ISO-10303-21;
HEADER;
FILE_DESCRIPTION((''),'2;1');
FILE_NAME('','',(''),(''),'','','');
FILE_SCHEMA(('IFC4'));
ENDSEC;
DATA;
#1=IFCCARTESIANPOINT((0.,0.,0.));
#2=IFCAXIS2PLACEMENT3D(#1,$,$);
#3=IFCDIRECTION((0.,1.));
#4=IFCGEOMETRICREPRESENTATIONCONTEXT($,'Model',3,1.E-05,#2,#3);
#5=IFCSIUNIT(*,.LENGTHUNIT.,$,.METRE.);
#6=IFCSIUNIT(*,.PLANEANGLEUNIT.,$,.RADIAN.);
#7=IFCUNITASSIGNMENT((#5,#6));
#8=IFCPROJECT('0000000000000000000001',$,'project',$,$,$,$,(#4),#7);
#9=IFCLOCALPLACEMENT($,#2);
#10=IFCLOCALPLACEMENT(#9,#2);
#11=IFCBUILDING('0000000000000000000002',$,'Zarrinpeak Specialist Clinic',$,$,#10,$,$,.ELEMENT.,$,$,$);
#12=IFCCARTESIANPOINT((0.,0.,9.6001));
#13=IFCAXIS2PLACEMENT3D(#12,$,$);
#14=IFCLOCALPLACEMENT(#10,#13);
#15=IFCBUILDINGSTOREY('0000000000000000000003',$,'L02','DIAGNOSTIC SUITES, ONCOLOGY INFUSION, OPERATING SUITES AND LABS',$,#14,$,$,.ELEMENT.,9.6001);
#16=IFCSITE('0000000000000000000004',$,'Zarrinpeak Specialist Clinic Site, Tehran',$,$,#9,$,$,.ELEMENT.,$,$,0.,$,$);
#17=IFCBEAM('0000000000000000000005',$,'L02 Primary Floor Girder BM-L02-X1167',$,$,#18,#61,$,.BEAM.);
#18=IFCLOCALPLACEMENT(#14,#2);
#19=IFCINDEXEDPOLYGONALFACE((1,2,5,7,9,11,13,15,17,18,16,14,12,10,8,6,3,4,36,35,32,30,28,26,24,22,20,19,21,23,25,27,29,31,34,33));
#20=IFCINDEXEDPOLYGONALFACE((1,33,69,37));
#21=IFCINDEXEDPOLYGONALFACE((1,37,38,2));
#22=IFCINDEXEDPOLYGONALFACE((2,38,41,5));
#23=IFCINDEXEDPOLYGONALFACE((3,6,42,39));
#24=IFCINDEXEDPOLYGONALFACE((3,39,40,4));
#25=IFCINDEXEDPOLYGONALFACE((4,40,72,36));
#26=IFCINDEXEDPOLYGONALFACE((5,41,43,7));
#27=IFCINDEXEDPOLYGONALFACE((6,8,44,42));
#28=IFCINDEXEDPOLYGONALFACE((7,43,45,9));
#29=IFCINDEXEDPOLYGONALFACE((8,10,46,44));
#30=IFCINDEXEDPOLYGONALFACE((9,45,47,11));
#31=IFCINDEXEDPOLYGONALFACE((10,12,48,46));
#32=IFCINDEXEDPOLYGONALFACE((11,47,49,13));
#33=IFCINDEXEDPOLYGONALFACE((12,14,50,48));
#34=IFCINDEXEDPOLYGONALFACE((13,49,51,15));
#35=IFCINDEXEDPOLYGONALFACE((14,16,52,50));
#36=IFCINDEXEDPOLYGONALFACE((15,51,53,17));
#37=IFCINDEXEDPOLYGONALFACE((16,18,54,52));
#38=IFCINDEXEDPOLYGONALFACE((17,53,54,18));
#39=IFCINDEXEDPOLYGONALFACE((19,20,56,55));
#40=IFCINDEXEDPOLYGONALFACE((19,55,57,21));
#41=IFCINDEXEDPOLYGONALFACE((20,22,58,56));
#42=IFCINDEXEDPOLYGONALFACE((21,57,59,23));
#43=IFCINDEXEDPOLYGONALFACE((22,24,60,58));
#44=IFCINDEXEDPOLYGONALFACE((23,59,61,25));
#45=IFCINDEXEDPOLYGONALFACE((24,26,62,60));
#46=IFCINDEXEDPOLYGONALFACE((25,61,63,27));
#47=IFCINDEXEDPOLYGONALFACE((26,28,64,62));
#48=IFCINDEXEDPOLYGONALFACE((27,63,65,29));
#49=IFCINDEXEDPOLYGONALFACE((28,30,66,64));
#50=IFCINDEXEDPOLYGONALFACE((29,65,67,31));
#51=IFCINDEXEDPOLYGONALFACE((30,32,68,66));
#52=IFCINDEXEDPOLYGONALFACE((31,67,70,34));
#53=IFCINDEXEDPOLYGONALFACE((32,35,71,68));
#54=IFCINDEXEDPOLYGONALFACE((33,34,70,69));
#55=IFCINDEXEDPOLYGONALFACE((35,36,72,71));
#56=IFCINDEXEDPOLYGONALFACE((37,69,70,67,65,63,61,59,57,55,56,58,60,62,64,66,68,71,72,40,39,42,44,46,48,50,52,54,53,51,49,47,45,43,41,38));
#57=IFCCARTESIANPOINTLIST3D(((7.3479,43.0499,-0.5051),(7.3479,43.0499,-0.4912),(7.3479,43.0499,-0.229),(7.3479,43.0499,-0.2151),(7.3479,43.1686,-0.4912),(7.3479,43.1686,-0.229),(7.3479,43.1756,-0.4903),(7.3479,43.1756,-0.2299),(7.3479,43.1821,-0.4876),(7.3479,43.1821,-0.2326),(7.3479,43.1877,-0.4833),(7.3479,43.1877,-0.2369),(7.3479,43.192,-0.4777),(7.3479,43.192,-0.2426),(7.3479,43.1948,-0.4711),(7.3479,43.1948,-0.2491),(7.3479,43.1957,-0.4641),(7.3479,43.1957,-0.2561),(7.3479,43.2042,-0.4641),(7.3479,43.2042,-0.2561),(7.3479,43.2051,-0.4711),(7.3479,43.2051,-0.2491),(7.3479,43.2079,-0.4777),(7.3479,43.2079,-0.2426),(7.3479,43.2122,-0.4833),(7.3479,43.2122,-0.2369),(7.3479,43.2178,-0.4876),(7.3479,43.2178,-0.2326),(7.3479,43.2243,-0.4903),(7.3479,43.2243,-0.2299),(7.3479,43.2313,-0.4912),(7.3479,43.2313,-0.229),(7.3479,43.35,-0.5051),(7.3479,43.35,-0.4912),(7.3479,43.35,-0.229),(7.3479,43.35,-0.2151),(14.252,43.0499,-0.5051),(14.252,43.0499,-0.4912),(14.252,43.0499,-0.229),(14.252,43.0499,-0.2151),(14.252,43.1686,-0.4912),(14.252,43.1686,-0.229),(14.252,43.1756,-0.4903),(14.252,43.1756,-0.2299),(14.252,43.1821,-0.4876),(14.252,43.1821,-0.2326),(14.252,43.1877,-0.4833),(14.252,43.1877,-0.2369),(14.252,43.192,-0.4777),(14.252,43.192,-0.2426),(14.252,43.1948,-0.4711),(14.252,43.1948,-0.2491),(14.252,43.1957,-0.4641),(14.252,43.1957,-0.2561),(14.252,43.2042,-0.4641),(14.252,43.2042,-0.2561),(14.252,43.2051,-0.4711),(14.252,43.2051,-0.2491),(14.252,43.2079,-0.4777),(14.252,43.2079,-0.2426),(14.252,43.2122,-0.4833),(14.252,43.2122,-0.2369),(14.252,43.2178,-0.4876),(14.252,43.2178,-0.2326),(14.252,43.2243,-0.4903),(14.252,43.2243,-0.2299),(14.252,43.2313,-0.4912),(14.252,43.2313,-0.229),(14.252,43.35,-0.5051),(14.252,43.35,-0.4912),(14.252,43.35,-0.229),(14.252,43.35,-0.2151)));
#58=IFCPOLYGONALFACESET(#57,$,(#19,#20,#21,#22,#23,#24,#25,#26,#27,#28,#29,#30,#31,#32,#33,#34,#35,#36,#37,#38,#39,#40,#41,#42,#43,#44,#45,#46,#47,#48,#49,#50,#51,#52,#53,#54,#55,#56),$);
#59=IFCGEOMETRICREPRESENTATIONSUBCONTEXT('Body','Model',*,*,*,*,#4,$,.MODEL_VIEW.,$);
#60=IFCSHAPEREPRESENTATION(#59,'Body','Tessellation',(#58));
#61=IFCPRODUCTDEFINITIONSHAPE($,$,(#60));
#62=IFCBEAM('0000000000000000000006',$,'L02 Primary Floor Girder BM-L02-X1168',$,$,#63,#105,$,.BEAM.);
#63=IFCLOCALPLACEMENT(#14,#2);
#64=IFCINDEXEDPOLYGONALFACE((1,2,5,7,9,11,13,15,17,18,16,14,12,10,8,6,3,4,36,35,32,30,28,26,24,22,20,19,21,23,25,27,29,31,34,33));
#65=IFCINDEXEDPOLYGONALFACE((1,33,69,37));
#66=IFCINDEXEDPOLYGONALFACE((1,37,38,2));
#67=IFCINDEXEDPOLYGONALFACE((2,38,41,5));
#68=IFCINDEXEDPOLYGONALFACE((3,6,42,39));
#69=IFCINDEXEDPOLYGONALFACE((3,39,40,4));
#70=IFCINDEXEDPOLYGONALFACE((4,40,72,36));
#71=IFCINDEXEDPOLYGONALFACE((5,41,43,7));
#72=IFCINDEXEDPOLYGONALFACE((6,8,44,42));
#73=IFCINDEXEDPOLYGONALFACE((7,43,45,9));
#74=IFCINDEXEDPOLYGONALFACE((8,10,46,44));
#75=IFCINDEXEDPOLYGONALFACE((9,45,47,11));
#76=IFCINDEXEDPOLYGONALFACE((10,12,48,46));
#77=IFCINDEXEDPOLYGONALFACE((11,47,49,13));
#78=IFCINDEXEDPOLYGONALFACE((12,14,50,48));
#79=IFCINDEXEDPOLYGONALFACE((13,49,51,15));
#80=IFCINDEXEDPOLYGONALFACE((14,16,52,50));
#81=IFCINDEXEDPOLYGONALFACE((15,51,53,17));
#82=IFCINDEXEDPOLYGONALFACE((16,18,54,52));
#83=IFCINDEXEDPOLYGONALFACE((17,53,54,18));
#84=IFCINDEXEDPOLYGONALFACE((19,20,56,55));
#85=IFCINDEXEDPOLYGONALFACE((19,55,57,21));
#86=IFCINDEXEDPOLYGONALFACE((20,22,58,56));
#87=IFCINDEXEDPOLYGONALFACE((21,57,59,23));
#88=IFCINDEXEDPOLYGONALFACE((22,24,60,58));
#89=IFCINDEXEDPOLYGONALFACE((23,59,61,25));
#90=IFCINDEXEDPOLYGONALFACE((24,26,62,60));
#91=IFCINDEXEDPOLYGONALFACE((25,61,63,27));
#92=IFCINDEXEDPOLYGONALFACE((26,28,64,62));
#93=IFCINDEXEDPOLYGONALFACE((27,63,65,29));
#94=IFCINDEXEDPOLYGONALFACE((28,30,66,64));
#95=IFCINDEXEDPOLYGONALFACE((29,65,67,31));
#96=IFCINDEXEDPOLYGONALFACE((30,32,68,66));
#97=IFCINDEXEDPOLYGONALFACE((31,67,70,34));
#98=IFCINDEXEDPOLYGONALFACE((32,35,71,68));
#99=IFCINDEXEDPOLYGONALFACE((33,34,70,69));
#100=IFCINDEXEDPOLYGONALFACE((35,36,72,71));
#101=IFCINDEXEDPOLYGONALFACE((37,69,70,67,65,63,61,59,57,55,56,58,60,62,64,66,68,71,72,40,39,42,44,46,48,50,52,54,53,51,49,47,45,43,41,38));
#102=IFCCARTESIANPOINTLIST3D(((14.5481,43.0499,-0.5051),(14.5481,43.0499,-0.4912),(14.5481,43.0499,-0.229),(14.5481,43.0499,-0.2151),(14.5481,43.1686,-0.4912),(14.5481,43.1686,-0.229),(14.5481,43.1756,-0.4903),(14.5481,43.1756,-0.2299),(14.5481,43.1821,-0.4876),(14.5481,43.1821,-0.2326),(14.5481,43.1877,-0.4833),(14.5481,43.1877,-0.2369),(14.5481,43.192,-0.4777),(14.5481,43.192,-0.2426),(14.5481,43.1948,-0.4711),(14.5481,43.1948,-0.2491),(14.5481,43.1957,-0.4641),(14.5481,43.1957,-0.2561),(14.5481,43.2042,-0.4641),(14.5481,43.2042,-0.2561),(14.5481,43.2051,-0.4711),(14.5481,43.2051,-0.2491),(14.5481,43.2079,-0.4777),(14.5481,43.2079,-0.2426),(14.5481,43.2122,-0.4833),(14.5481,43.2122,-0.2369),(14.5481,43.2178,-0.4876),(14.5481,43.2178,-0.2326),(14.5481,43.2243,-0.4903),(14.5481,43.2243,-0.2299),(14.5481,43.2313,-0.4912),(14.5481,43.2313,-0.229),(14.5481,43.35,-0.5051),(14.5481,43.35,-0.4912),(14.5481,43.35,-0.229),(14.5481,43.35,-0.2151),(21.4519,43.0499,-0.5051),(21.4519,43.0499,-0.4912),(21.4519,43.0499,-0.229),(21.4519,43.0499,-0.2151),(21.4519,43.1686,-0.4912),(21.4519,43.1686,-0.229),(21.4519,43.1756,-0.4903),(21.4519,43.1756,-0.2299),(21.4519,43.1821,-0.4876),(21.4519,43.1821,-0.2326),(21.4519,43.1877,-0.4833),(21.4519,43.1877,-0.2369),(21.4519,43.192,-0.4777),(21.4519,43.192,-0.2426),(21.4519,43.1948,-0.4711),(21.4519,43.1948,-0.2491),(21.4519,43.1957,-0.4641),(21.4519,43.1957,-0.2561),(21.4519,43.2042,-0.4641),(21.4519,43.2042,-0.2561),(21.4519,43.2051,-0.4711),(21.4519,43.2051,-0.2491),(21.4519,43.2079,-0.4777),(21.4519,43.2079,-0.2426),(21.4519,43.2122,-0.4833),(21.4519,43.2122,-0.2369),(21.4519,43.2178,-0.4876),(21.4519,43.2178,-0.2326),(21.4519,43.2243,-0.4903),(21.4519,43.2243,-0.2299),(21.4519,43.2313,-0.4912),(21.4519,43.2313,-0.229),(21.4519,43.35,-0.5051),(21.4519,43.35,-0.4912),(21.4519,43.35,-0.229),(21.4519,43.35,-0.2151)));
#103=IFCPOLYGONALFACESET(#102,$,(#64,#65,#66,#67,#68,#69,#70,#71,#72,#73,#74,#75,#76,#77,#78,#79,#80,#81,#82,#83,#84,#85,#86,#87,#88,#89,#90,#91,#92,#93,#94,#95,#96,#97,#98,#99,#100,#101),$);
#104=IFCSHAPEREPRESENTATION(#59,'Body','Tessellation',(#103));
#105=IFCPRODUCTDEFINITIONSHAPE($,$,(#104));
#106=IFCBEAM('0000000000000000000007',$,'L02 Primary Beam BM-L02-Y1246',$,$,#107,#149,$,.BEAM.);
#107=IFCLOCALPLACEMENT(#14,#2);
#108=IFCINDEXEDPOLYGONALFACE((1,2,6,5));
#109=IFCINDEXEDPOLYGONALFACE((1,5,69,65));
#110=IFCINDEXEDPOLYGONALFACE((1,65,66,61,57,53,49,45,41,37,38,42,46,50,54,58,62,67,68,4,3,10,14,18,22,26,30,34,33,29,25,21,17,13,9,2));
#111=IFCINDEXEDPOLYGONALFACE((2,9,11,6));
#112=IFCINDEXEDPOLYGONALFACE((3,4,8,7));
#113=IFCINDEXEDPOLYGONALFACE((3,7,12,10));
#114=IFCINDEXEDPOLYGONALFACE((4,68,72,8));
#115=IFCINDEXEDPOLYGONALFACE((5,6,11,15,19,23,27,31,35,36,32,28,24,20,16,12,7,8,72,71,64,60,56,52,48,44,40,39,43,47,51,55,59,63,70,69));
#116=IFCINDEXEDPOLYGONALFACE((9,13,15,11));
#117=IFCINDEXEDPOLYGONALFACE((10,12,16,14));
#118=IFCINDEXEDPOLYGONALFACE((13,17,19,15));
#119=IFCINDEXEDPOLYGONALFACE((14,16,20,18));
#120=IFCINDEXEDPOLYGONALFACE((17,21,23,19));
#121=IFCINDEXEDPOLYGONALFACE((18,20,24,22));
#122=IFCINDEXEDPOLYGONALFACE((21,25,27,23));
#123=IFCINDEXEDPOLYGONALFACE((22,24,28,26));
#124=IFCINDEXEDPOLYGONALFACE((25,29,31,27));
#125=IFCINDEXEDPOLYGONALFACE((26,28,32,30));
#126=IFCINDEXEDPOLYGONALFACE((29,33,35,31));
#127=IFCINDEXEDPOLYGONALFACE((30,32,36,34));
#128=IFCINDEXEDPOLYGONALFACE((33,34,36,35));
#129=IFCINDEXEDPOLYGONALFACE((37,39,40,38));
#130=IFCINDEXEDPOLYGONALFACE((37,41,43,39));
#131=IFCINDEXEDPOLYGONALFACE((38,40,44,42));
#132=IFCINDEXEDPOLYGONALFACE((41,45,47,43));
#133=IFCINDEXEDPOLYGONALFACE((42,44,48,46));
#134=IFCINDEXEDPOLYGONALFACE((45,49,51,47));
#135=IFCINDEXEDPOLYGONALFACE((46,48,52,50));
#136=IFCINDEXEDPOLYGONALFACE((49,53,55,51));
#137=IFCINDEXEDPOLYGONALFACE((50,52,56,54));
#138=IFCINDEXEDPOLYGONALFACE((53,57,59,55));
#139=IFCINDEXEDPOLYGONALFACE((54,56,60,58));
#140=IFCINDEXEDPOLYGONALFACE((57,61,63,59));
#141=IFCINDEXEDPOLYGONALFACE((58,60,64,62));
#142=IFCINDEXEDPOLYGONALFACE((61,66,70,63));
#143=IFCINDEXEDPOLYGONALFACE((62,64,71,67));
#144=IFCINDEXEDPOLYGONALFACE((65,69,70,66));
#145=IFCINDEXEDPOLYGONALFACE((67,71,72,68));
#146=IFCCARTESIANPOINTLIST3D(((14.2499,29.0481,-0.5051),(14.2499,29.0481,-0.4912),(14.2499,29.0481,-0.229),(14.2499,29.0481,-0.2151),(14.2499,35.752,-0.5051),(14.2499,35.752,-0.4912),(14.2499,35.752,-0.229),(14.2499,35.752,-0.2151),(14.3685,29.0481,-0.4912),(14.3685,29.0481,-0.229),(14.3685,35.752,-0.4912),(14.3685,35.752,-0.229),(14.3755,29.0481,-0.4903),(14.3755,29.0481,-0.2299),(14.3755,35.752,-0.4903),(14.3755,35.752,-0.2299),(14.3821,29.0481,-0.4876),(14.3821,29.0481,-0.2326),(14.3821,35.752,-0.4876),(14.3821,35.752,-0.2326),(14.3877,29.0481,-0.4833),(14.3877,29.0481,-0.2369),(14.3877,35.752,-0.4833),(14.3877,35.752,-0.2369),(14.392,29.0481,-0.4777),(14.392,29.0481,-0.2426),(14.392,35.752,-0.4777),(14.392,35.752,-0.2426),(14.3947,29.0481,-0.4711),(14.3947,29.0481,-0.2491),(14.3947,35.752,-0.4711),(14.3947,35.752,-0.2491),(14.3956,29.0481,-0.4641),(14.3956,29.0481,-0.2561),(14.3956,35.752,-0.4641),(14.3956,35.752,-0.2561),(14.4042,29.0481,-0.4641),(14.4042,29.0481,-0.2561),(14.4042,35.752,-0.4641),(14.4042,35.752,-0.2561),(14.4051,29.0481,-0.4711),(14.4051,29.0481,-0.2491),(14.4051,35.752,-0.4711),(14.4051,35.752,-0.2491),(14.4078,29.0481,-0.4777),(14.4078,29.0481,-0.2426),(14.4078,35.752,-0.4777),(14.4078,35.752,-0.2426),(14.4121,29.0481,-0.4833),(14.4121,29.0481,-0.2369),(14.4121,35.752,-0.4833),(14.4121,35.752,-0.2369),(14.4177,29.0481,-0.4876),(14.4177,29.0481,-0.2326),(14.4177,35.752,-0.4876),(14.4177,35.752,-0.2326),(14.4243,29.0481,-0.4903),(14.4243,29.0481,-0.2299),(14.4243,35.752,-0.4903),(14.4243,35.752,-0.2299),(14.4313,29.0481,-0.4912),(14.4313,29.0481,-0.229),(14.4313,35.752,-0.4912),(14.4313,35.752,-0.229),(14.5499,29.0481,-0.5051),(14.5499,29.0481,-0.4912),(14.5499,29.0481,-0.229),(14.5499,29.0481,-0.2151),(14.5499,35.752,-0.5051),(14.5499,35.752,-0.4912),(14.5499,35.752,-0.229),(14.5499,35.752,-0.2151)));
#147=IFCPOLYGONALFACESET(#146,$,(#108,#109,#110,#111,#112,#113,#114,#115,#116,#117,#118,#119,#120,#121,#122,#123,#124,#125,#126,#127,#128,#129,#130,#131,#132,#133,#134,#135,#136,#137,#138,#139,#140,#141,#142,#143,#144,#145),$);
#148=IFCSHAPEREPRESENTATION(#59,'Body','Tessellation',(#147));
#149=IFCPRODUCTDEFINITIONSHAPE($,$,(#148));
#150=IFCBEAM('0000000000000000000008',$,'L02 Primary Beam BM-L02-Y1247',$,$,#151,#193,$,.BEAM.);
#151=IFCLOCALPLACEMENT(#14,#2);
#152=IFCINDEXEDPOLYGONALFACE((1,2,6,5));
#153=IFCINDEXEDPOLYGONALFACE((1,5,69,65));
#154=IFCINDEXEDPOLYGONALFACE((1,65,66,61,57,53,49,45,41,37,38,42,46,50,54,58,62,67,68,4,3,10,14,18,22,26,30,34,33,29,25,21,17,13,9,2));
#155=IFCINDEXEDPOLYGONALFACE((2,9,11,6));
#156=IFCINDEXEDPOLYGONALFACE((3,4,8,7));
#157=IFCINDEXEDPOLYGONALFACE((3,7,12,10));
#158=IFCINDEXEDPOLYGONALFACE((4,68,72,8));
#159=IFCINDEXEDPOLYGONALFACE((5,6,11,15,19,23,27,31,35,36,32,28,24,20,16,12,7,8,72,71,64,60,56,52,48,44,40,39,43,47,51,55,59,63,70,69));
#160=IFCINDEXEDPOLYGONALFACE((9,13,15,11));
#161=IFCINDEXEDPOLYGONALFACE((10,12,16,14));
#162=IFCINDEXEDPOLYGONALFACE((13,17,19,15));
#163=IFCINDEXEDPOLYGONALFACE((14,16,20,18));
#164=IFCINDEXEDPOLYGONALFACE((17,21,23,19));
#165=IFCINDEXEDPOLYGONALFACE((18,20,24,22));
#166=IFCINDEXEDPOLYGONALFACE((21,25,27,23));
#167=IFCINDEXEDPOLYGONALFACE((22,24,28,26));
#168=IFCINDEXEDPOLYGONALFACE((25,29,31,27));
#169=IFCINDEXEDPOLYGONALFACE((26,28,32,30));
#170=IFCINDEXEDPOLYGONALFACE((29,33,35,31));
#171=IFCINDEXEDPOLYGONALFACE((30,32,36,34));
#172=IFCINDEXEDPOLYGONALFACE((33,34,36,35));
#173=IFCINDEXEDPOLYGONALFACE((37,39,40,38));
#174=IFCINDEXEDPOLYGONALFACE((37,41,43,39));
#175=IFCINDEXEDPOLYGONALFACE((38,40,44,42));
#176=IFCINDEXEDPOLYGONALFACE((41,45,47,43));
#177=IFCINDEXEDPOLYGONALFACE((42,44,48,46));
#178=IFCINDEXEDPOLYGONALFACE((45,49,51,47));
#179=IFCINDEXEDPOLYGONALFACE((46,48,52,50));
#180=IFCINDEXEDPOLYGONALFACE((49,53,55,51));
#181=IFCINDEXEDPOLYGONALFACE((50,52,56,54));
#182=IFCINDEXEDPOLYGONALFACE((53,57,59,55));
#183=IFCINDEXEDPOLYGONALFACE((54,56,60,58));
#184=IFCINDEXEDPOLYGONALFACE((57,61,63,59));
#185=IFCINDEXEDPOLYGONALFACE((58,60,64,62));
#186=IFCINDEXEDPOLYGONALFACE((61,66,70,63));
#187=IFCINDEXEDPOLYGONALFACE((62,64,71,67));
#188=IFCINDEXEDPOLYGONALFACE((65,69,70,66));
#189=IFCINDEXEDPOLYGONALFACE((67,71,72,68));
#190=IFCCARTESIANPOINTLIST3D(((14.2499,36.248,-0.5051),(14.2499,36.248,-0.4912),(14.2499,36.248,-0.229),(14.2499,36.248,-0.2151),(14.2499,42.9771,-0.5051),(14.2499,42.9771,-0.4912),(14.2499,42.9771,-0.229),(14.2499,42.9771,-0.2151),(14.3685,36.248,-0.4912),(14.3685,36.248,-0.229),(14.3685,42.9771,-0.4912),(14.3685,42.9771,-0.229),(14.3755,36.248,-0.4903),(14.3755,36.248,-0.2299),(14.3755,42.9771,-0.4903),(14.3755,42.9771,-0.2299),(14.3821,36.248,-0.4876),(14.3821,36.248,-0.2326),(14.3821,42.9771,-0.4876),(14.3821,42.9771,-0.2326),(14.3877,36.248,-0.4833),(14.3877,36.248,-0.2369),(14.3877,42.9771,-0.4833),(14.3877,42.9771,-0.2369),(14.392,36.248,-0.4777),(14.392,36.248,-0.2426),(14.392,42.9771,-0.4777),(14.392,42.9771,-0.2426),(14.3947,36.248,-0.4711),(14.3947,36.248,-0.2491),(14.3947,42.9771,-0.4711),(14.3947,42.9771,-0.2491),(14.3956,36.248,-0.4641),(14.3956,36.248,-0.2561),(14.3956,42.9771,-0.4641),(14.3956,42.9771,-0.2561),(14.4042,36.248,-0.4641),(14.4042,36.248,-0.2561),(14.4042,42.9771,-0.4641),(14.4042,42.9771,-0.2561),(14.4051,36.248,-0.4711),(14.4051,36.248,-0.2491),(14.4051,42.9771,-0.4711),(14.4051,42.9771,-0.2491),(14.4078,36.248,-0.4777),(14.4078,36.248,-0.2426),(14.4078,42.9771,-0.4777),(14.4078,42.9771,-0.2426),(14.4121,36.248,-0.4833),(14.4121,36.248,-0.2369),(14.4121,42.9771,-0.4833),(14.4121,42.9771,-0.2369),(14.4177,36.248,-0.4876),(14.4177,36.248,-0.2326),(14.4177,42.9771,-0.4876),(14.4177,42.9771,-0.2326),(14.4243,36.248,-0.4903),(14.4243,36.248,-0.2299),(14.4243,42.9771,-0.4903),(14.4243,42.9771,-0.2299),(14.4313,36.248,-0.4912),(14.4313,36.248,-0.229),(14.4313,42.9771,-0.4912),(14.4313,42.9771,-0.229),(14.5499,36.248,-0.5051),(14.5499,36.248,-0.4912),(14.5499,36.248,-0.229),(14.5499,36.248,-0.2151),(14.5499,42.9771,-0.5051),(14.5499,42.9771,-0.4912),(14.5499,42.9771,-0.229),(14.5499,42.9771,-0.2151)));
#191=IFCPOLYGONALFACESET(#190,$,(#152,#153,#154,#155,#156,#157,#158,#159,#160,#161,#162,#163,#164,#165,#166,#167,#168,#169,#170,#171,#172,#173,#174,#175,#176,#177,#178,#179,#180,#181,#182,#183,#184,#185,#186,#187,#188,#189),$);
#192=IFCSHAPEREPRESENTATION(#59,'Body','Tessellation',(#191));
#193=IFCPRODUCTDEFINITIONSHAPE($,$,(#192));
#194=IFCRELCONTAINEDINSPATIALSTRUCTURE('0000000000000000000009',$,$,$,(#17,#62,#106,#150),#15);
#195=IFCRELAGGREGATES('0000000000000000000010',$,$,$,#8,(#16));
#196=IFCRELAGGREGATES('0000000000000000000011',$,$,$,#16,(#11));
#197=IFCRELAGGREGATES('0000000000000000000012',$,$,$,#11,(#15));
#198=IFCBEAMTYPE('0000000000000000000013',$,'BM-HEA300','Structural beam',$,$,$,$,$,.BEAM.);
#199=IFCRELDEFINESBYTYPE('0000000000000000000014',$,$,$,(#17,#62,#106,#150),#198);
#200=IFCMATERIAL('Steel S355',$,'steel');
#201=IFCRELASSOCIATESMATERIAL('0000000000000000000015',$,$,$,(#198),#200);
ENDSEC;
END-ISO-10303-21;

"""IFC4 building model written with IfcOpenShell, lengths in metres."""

from ifc_helpers import new_model, si_unit, direction, frame, origin, origin_2d, place, context, subcontext, project, spatial, i_section, extrude, material, material_profile, profile_set, type_object, element, save


model = new_model("IFC4")

# Units and contexts
model_context = context("Model", 3, precision=1e-05, world=origin(), true_north=direction((0.0, 1.0)))
body_context = subcontext(model_context, "Body", "Model", "MODEL_VIEW")
ifc_project = project(units=[si_unit("LENGTHUNIT", "METRE"), si_unit("PLANEANGLEUNIT", "RADIAN")], contexts=[model_context])

# Site, building, storey
site_placement = place(None, origin())
site = spatial("IfcSite", under=ifc_project, at=site_placement, Name="Zarrinpeak Specialist Clinic Site, Tehran", CompositionType="ELEMENT", RefElevation=0.0)
building_placement = place(site_placement, origin())
building = spatial("IfcBuilding", under=site, at=building_placement, Name="Zarrinpeak Specialist Clinic", CompositionType="ELEMENT")
storey_placement = place(building_placement, frame((0.0, 0.0, 9.6001)))
storey = spatial("IfcBuildingStorey", under=building, at=storey_placement, Name="L02", Description="DIAGNOSTIC SUITES, ONCOLOGY INFUSION, OPERATING SUITES AND LABS", CompositionType="ELEMENT", Elevation=9.6001)

# Shared definitions
ifc_material_1 = material(Name="Steel S355", Category="steel")

# Beams
ifc_material_profile_1 = material_profile(ifc_material_1, i_section(OverallWidth=0.3, OverallDepth=0.29, WebThickness=0.0085, FlangeThickness=0.0139, FilletRadius=0.0271, at=origin_2d()), Name="HEA 300")
ifc_profile_set_1 = profile_set([ifc_material_profile_1], Name="Steel S355")
beam_type_1 = type_object("IfcBeamType", Name="BM-HEA300", Description="Structural beam", PredefinedType="BEAM", material=ifc_profile_set_1)
beam_1_placement = place(storey_placement, frame((7.3479, 43.2, -0.3601), z_axis=(1.0, 0.0, 0.0), x_axis=(0.0, 1.0, 0.0)))
element("IfcBeam", 1, at=beam_1_placement, inside=storey, type_object=beam_type_1, Name="L02 Primary Floor Girder BM-L02-X1167", PredefinedType="BEAM", context=body_context, shape_type="SweptSolid", body=[
    extrude(i_section(OverallWidth=0.3, OverallDepth=0.29, WebThickness=0.0085, FlangeThickness=0.0139, FilletRadius=0.0271, at=origin_2d()), origin(), (0.0, 0.0, 1.0), 6.9041),
])
beam_2_placement = place(storey_placement, frame((14.5481, 43.2, -0.3601), z_axis=(1.0, 0.0, 0.0), x_axis=(0.0, 1.0, 0.0)))
element("IfcBeam", 2, at=beam_2_placement, inside=storey, type_object=beam_type_1, Name="L02 Primary Floor Girder BM-L02-X1168", PredefinedType="BEAM", context=body_context, shape_type="SweptSolid", body=[
    extrude(i_section(OverallWidth=0.3, OverallDepth=0.29, WebThickness=0.0085, FlangeThickness=0.0139, FilletRadius=0.0271, at=origin_2d()), origin(), (0.0, 0.0, 1.0), 6.9038),
])
beam_3_placement = place(storey_placement, frame((14.3999, 29.0481, -0.3601), z_axis=(0.0, 1.0, 0.0), x_axis=(-1.0, 0.0, 0.0)))
element("IfcBeam", 3, at=beam_3_placement, inside=storey, type_object=beam_type_1, Name="L02 Primary Beam BM-L02-Y1246", PredefinedType="BEAM", context=body_context, shape_type="SweptSolid", body=[
    extrude(i_section(OverallWidth=0.3, OverallDepth=0.29, WebThickness=0.0085, FlangeThickness=0.0139, FilletRadius=0.0271, at=origin_2d()), origin(), (0.0, 0.0, 1.0), 6.7039),
])
beam_4_placement = place(storey_placement, frame((14.3999, 36.248, -0.3601), z_axis=(0.0, 1.0, 0.0), x_axis=(-1.0, 0.0, 0.0)))
element("IfcBeam", 4, at=beam_4_placement, inside=storey, type_object=beam_type_1, Name="L02 Primary Beam BM-L02-Y1247", PredefinedType="BEAM", context=body_context, shape_type="SweptSolid", body=[
    extrude(i_section(OverallWidth=0.3, OverallDepth=0.29, WebThickness=0.0085, FlangeThickness=0.0139, FilletRadius=0.0271, at=origin_2d()), origin(), (0.0, 0.0, 1.0), 6.729),
])

save(model, "model.ifc")
